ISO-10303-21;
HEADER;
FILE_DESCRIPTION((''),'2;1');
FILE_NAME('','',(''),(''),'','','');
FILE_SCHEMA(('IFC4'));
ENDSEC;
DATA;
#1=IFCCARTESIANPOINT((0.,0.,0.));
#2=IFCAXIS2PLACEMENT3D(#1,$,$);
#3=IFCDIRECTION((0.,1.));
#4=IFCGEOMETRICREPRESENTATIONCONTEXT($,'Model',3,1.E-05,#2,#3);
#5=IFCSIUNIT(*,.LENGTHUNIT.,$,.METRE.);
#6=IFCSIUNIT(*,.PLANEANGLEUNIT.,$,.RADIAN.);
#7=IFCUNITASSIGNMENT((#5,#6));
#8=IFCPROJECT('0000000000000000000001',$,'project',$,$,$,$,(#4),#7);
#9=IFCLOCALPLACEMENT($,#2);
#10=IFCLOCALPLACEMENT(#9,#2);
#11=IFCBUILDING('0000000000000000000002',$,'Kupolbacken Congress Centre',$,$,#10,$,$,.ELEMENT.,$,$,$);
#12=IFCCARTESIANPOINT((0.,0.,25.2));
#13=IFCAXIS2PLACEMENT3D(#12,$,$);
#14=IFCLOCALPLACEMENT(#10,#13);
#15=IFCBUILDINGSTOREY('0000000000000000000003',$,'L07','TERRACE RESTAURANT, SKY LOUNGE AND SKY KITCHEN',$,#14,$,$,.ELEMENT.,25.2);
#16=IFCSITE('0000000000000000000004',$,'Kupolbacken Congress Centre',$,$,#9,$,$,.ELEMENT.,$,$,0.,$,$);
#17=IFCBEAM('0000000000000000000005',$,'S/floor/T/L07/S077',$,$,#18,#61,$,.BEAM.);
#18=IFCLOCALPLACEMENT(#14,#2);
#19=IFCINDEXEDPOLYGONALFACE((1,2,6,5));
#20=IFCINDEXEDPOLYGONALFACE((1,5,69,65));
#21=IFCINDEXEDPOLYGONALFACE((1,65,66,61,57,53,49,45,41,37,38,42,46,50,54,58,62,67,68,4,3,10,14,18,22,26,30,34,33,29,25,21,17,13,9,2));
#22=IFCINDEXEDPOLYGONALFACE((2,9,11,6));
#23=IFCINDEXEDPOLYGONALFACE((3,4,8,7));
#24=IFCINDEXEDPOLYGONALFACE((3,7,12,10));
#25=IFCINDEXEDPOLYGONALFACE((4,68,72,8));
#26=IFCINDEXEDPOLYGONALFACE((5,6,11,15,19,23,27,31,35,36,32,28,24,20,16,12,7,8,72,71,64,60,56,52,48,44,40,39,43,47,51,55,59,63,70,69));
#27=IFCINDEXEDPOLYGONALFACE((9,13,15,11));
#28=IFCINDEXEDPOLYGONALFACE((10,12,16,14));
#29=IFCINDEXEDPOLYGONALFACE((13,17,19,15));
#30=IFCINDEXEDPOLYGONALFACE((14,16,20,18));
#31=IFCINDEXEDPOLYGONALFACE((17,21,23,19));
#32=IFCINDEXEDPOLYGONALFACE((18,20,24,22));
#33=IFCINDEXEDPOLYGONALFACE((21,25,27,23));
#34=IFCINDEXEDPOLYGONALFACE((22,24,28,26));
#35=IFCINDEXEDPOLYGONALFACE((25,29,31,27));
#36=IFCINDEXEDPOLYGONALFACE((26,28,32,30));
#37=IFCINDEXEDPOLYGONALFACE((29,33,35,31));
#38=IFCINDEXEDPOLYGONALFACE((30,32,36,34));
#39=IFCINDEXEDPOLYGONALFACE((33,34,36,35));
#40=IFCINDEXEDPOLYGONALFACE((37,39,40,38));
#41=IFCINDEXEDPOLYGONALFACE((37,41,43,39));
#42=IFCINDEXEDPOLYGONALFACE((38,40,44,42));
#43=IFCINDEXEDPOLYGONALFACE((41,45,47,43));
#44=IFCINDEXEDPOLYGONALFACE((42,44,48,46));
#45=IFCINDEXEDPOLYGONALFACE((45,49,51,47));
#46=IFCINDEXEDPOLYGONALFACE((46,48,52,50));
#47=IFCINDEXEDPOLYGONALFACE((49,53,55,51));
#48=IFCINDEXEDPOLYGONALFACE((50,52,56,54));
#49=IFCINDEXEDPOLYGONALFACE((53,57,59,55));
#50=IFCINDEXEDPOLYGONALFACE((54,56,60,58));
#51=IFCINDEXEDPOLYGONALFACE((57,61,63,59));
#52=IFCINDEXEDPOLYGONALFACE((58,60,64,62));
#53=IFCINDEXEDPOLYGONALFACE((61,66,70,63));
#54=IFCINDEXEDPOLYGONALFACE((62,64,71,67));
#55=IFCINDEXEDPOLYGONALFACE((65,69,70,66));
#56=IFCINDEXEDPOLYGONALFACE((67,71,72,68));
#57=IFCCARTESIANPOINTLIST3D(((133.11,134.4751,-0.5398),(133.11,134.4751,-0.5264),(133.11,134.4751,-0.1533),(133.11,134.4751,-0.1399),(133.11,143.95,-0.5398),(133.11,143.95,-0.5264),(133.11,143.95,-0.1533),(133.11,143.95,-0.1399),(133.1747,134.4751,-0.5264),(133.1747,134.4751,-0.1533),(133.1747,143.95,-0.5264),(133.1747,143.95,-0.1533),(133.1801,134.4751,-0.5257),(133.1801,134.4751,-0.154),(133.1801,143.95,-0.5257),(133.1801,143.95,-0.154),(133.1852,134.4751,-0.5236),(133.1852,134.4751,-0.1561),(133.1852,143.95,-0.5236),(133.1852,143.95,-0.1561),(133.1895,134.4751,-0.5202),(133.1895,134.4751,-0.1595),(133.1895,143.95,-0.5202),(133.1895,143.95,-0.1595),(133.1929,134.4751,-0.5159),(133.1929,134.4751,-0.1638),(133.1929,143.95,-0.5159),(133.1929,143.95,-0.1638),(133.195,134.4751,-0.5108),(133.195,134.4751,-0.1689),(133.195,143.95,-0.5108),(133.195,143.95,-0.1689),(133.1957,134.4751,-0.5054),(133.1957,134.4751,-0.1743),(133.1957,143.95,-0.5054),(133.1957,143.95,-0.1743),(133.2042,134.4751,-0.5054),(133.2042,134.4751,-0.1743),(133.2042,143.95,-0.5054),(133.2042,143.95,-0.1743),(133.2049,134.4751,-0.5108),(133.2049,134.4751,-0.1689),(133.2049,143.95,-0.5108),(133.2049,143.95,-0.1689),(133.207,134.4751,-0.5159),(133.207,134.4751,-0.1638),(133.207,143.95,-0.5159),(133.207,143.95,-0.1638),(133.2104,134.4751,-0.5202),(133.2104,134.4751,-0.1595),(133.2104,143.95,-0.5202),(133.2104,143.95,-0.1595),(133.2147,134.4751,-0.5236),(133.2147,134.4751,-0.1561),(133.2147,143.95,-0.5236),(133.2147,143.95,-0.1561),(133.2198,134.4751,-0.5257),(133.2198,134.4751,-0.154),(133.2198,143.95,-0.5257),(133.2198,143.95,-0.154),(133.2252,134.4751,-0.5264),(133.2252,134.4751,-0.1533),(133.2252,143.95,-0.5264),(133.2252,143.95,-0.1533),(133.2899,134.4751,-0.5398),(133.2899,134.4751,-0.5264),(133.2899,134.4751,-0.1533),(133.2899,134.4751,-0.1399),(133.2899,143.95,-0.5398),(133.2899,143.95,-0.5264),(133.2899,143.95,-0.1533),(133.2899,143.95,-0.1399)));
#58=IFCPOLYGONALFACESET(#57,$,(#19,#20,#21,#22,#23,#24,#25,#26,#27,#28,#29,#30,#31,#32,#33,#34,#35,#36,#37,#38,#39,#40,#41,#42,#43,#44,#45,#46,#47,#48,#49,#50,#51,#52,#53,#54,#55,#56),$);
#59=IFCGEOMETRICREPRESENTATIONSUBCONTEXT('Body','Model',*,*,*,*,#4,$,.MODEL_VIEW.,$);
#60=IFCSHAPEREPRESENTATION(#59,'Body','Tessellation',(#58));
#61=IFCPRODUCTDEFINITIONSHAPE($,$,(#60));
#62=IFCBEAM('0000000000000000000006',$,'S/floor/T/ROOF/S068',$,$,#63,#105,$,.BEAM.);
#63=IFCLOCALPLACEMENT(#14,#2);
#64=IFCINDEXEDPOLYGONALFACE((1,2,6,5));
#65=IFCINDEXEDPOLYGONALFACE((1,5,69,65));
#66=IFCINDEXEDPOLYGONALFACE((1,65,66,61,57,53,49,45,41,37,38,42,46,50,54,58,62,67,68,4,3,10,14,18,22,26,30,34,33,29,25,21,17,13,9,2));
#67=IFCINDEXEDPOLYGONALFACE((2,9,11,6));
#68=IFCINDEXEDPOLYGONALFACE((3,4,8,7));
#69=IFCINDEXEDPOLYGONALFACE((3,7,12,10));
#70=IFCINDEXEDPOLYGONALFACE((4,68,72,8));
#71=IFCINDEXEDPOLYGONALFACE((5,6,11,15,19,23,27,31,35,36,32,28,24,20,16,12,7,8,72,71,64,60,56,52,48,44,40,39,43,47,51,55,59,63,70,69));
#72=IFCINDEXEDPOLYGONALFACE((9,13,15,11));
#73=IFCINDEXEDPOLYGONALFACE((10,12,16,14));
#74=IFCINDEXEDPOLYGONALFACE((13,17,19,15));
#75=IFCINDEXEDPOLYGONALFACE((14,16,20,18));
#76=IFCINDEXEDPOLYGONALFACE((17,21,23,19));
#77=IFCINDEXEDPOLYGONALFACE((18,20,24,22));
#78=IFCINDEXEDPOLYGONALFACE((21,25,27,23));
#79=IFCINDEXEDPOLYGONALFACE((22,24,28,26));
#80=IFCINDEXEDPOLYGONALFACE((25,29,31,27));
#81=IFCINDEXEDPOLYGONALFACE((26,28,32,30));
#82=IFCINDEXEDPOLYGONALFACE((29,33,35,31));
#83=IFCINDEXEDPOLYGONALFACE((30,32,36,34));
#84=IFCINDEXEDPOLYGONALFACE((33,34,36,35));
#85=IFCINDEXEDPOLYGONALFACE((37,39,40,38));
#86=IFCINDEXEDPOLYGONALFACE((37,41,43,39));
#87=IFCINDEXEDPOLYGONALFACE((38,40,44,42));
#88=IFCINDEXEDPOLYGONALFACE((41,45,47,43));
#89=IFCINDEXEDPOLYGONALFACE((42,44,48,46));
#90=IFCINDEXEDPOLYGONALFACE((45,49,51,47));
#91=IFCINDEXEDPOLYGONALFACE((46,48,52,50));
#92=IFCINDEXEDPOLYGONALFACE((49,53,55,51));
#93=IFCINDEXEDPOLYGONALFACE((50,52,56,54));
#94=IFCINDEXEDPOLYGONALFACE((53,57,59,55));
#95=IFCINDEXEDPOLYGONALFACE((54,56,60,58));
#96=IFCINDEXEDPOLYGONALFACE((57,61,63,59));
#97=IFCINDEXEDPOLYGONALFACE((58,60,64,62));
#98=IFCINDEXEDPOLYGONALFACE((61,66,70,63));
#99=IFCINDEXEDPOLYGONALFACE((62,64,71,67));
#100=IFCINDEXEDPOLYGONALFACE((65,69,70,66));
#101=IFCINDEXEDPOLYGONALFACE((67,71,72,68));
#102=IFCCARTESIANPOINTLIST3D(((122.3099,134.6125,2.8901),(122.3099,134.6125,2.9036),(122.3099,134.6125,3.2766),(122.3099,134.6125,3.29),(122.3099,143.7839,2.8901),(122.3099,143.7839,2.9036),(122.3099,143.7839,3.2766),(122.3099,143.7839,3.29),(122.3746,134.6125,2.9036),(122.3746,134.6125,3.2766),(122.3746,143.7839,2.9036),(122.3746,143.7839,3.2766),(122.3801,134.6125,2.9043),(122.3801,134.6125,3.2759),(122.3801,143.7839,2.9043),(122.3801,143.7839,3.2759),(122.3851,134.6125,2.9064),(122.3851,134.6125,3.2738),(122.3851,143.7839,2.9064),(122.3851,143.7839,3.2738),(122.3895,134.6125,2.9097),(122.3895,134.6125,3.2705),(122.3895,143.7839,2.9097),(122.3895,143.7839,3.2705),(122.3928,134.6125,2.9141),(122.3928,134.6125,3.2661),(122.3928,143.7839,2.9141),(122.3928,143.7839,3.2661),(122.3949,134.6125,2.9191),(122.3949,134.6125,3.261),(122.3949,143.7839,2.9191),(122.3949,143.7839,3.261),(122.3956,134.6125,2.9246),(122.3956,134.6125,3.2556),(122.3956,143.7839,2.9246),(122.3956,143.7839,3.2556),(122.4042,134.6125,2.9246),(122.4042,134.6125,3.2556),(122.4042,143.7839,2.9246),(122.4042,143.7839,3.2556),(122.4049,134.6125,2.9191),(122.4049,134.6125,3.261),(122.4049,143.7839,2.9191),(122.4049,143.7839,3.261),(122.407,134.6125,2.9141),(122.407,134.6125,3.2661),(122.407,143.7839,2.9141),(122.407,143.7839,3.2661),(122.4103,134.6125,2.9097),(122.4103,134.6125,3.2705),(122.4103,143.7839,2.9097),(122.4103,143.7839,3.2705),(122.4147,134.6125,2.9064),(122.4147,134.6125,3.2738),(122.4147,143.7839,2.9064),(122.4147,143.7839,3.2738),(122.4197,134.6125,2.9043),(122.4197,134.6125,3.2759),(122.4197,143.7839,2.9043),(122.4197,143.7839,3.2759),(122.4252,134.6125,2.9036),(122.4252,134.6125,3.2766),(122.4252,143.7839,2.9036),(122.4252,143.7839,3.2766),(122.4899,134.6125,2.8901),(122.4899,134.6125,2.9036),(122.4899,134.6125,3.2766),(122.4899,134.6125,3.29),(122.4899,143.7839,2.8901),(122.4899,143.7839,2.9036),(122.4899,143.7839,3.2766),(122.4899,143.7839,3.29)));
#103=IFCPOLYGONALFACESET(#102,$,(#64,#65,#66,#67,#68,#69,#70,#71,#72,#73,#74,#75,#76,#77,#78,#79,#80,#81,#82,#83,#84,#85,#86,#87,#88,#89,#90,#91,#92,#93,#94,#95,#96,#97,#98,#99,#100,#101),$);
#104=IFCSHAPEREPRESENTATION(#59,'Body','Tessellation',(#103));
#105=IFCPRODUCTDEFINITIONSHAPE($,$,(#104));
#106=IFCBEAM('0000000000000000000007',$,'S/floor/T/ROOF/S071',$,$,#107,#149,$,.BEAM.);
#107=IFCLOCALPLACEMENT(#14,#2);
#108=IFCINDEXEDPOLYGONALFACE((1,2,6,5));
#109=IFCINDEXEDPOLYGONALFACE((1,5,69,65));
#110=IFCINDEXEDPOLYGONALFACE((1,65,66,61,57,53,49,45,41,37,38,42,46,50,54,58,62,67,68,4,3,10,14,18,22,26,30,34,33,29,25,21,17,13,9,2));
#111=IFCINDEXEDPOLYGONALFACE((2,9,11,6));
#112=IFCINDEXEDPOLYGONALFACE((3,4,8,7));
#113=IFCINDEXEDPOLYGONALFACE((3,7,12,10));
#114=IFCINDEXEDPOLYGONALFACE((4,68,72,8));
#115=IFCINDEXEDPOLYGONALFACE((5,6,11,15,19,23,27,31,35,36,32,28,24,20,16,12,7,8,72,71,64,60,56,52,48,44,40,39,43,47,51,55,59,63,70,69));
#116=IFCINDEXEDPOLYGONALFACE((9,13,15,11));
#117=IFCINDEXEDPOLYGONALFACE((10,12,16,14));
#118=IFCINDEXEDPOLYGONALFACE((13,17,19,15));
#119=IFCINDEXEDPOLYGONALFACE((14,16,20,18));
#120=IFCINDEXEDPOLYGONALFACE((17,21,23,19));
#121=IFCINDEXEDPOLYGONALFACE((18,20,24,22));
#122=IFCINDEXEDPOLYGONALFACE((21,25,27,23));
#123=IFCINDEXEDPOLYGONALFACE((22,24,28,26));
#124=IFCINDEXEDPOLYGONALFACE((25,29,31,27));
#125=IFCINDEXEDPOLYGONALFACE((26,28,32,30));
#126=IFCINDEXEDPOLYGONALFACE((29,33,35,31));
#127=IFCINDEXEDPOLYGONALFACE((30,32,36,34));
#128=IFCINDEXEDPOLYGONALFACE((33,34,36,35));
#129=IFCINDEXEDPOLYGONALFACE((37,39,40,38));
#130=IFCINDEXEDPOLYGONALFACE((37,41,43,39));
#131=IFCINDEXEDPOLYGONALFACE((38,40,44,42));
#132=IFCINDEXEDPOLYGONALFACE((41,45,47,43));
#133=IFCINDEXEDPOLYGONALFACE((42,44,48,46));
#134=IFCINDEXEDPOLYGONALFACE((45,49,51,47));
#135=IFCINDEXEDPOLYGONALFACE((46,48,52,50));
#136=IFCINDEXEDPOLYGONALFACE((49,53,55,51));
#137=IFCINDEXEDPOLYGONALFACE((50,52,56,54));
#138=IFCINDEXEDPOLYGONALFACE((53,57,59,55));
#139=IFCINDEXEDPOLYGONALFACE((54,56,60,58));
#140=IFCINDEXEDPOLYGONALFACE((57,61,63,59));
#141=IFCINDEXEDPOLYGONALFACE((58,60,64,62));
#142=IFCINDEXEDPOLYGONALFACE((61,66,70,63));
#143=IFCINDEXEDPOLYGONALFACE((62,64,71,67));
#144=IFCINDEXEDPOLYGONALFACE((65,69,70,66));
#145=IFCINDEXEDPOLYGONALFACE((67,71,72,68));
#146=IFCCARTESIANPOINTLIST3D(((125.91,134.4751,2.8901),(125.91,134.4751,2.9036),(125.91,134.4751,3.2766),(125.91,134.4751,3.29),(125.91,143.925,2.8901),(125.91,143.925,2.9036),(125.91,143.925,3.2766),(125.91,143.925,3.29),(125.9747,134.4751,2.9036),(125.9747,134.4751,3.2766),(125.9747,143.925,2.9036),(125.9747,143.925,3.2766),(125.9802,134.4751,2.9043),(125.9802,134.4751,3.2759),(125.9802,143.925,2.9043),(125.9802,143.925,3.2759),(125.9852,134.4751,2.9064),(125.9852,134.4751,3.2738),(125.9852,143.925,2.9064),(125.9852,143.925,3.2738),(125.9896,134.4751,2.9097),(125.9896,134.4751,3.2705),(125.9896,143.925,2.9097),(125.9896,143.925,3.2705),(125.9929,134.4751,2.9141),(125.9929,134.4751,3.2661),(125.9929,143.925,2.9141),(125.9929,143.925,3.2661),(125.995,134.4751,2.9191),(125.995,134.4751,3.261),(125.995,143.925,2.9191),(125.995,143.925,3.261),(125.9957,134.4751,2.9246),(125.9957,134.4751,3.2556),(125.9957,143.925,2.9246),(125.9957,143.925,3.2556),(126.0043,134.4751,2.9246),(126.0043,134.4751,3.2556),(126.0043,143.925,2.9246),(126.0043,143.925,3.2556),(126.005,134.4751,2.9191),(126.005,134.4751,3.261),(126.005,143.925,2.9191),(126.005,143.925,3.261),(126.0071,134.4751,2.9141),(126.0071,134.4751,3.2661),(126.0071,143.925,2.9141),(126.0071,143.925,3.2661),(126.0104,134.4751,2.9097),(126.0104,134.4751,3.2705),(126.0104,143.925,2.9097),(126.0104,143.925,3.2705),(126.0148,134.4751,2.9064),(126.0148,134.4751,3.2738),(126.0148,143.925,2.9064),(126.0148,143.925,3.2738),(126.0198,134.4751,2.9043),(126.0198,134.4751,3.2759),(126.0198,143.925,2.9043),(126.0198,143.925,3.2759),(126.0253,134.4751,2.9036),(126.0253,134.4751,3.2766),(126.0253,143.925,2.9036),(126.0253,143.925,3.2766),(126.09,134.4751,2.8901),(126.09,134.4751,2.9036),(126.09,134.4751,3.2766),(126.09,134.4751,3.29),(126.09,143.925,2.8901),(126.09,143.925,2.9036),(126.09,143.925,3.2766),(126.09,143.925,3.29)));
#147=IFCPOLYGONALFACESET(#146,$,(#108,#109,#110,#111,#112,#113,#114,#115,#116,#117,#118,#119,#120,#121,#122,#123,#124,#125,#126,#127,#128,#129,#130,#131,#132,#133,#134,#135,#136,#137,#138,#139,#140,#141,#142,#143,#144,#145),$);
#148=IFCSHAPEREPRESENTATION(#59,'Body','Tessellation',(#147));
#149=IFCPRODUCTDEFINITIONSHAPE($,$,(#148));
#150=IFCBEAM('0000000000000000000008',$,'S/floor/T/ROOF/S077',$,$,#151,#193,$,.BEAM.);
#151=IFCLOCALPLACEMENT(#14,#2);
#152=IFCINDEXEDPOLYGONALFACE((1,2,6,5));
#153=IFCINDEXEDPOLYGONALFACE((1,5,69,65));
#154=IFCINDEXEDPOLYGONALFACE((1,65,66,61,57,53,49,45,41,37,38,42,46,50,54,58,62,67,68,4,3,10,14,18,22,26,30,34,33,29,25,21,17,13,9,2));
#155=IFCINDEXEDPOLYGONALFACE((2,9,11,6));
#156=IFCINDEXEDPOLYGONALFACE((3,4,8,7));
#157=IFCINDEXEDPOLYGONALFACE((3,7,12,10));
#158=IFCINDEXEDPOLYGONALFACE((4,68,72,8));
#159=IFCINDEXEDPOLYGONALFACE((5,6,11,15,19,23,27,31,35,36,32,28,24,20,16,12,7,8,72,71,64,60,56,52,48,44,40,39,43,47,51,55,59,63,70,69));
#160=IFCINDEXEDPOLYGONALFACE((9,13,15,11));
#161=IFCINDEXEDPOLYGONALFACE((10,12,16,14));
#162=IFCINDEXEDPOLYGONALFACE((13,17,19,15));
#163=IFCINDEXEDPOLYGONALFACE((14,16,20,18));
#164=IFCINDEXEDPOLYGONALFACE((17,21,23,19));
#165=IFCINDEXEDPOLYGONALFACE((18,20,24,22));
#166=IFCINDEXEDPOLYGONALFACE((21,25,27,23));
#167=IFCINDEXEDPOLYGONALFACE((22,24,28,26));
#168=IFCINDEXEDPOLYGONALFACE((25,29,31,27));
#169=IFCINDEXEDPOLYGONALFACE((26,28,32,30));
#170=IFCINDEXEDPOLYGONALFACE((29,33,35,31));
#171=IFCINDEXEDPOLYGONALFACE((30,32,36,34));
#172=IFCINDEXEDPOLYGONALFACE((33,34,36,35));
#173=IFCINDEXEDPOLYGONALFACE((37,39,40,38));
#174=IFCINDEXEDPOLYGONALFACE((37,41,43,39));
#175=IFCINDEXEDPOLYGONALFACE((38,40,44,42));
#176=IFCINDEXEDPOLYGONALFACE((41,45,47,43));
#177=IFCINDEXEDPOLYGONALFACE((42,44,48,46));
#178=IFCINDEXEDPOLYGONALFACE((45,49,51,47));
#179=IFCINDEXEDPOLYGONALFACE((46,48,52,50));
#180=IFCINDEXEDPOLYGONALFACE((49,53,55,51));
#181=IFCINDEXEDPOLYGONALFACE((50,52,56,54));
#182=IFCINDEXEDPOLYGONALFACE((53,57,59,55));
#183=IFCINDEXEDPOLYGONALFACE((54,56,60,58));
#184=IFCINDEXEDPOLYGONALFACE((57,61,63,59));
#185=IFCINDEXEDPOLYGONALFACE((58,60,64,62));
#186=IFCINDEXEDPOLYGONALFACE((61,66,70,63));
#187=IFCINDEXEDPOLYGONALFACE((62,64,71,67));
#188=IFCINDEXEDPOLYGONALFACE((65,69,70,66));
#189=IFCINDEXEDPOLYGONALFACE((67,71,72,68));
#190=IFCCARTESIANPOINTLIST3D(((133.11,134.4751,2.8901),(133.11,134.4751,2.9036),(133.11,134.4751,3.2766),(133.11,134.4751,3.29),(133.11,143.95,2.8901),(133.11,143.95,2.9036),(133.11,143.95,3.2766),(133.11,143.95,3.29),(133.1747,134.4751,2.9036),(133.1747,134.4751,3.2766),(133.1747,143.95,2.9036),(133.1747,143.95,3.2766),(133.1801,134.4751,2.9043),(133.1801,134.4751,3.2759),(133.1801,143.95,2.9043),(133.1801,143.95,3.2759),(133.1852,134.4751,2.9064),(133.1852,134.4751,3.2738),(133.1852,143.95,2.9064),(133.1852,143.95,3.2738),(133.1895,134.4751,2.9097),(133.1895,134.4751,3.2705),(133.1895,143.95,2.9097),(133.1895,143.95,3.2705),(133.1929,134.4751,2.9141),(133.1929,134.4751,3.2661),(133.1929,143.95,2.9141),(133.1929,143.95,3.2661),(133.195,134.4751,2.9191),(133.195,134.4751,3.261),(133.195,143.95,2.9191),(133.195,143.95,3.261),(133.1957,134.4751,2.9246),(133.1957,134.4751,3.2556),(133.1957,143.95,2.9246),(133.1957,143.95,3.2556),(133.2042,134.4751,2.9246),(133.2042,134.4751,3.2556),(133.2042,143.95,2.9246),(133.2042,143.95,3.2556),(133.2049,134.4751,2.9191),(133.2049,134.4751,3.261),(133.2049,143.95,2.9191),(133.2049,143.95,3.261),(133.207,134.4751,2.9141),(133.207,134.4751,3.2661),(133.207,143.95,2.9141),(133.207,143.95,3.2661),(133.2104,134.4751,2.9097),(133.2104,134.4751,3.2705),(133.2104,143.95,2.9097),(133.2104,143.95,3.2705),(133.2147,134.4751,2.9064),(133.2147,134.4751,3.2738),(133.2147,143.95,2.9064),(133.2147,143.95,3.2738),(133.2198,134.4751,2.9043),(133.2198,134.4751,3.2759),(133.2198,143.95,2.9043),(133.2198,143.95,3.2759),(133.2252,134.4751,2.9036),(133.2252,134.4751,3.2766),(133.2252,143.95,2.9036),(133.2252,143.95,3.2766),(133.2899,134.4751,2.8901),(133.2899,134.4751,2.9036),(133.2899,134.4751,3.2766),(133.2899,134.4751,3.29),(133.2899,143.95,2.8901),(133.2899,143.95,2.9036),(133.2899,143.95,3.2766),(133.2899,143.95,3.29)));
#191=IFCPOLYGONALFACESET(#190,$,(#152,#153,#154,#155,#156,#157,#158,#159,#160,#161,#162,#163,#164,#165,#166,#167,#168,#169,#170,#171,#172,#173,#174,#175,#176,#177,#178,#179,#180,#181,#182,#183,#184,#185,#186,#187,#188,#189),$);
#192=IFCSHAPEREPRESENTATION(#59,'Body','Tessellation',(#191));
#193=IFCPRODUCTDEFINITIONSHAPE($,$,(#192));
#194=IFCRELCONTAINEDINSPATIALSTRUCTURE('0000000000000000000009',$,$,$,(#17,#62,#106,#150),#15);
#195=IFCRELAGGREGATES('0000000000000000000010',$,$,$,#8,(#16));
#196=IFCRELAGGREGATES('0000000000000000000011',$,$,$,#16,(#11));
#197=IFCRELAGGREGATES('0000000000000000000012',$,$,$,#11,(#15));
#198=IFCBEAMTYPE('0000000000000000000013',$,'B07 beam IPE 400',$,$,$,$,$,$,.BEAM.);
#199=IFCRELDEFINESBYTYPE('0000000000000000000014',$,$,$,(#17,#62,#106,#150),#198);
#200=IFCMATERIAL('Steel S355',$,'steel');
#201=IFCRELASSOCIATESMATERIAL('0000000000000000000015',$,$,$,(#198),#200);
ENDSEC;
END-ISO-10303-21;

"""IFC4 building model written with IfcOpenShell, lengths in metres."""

from ifc_helpers import new_model, si_unit, direction, frame, origin, origin_2d, place, context, subcontext, project, spatial, i_section, extrude, material, material_profile, profile_set, type_object, element, save


model = new_model("IFC4")

# Units and contexts
model_context = context("Model", 3, precision=1e-05, world=origin(), true_north=direction((0.0, 1.0)))
body_context = subcontext(model_context, "Body", "Model", "MODEL_VIEW")
ifc_project = project(units=[si_unit("LENGTHUNIT", "METRE"), si_unit("PLANEANGLEUNIT", "RADIAN")], contexts=[model_context])

# Site, building, storey
site_placement = place(None, origin())
site = spatial("IfcSite", under=ifc_project, at=site_placement, Name="Kupolbacken Congress Centre", CompositionType="ELEMENT", RefElevation=0.0)
building_placement = place(site_placement, origin())
building = spatial("IfcBuilding", under=site, at=building_placement, Name="Kupolbacken Congress Centre", CompositionType="ELEMENT")
storey_placement = place(building_placement, frame((0.0, 0.0, 25.2)))
storey = spatial("IfcBuildingStorey", under=building, at=storey_placement, Name="L07", Description="TERRACE RESTAURANT, SKY LOUNGE AND SKY KITCHEN", CompositionType="ELEMENT", Elevation=25.2)

# Beams
ifc_material_1 = material(Name="Steel S355", Category="steel")
ifc_material_profile_1 = material_profile(ifc_material_1, i_section(OverallWidth=0.1799, OverallDepth=0.3999, WebThickness=0.0085, FlangeThickness=0.0134, FilletRadius=0.021, at=origin_2d()), Name="IPE 400")
ifc_profile_set_1 = profile_set([ifc_material_profile_1], Name="Steel S355")
beam_type_1 = type_object("IfcBeamType", Name="B07 beam IPE 400", PredefinedType="BEAM", material=ifc_profile_set_1)
beam_1_placement = place(storey_placement, frame((133.2, 134.4751, -0.3398), z_axis=(0.0, 1.0, 0.0), x_axis=(-1.0, 0.0, 0.0)))
element("IfcBeam", 1, at=beam_1_placement, inside=storey, type_object=beam_type_1, Name="S/floor/T/L07/S077", PredefinedType="BEAM", context=body_context, shape_type="SweptSolid", body=[
    extrude(i_section(OverallWidth=0.1799, OverallDepth=0.3999, WebThickness=0.0085, FlangeThickness=0.0134, FilletRadius=0.021, at=origin_2d()), origin(), (0.0, 0.0, 1.0), 9.4749),
])
beam_2_placement = place(storey_placement, frame((122.3999, 134.6125, 3.0901), z_axis=(0.0, 1.0, 0.0), x_axis=(-1.0, 0.0, 0.0)))
element("IfcBeam", 2, at=beam_2_placement, inside=storey, type_object=beam_type_1, Name="S/floor/T/ROOF/S068", PredefinedType="BEAM", context=body_context, shape_type="SweptSolid", body=[
    extrude(i_section(OverallWidth=0.1799, OverallDepth=0.3999, WebThickness=0.0085, FlangeThickness=0.0134, FilletRadius=0.021, at=origin_2d()), origin(), (0.0, 0.0, 1.0), 9.1714),
])
beam_3_placement = place(storey_placement, frame((126.0, 134.4751, 3.0901), z_axis=(0.0, 1.0, 0.0), x_axis=(-1.0, 0.0, 0.0)))
element("IfcBeam", 3, at=beam_3_placement, inside=storey, type_object=beam_type_1, Name="S/floor/T/ROOF/S071", PredefinedType="BEAM", context=body_context, shape_type="SweptSolid", body=[
    extrude(i_section(OverallWidth=0.1799, OverallDepth=0.3999, WebThickness=0.0085, FlangeThickness=0.0134, FilletRadius=0.021, at=origin_2d()), origin(), (0.0, 0.0, 1.0), 9.45),
])
beam_4_placement = place(storey_placement, frame((133.2, 134.4751, 3.0901), z_axis=(0.0, 1.0, 0.0), x_axis=(-1.0, 0.0, 0.0)))
element("IfcBeam", 4, at=beam_4_placement, inside=storey, type_object=beam_type_1, Name="S/floor/T/ROOF/S077", PredefinedType="BEAM", context=body_context, shape_type="SweptSolid", body=[
    extrude(i_section(OverallWidth=0.1799, OverallDepth=0.3999, WebThickness=0.0085, FlangeThickness=0.0134, FilletRadius=0.021, at=origin_2d()), origin(), (0.0, 0.0, 1.0), 9.4749),
])

save(model, "model.ifc")
